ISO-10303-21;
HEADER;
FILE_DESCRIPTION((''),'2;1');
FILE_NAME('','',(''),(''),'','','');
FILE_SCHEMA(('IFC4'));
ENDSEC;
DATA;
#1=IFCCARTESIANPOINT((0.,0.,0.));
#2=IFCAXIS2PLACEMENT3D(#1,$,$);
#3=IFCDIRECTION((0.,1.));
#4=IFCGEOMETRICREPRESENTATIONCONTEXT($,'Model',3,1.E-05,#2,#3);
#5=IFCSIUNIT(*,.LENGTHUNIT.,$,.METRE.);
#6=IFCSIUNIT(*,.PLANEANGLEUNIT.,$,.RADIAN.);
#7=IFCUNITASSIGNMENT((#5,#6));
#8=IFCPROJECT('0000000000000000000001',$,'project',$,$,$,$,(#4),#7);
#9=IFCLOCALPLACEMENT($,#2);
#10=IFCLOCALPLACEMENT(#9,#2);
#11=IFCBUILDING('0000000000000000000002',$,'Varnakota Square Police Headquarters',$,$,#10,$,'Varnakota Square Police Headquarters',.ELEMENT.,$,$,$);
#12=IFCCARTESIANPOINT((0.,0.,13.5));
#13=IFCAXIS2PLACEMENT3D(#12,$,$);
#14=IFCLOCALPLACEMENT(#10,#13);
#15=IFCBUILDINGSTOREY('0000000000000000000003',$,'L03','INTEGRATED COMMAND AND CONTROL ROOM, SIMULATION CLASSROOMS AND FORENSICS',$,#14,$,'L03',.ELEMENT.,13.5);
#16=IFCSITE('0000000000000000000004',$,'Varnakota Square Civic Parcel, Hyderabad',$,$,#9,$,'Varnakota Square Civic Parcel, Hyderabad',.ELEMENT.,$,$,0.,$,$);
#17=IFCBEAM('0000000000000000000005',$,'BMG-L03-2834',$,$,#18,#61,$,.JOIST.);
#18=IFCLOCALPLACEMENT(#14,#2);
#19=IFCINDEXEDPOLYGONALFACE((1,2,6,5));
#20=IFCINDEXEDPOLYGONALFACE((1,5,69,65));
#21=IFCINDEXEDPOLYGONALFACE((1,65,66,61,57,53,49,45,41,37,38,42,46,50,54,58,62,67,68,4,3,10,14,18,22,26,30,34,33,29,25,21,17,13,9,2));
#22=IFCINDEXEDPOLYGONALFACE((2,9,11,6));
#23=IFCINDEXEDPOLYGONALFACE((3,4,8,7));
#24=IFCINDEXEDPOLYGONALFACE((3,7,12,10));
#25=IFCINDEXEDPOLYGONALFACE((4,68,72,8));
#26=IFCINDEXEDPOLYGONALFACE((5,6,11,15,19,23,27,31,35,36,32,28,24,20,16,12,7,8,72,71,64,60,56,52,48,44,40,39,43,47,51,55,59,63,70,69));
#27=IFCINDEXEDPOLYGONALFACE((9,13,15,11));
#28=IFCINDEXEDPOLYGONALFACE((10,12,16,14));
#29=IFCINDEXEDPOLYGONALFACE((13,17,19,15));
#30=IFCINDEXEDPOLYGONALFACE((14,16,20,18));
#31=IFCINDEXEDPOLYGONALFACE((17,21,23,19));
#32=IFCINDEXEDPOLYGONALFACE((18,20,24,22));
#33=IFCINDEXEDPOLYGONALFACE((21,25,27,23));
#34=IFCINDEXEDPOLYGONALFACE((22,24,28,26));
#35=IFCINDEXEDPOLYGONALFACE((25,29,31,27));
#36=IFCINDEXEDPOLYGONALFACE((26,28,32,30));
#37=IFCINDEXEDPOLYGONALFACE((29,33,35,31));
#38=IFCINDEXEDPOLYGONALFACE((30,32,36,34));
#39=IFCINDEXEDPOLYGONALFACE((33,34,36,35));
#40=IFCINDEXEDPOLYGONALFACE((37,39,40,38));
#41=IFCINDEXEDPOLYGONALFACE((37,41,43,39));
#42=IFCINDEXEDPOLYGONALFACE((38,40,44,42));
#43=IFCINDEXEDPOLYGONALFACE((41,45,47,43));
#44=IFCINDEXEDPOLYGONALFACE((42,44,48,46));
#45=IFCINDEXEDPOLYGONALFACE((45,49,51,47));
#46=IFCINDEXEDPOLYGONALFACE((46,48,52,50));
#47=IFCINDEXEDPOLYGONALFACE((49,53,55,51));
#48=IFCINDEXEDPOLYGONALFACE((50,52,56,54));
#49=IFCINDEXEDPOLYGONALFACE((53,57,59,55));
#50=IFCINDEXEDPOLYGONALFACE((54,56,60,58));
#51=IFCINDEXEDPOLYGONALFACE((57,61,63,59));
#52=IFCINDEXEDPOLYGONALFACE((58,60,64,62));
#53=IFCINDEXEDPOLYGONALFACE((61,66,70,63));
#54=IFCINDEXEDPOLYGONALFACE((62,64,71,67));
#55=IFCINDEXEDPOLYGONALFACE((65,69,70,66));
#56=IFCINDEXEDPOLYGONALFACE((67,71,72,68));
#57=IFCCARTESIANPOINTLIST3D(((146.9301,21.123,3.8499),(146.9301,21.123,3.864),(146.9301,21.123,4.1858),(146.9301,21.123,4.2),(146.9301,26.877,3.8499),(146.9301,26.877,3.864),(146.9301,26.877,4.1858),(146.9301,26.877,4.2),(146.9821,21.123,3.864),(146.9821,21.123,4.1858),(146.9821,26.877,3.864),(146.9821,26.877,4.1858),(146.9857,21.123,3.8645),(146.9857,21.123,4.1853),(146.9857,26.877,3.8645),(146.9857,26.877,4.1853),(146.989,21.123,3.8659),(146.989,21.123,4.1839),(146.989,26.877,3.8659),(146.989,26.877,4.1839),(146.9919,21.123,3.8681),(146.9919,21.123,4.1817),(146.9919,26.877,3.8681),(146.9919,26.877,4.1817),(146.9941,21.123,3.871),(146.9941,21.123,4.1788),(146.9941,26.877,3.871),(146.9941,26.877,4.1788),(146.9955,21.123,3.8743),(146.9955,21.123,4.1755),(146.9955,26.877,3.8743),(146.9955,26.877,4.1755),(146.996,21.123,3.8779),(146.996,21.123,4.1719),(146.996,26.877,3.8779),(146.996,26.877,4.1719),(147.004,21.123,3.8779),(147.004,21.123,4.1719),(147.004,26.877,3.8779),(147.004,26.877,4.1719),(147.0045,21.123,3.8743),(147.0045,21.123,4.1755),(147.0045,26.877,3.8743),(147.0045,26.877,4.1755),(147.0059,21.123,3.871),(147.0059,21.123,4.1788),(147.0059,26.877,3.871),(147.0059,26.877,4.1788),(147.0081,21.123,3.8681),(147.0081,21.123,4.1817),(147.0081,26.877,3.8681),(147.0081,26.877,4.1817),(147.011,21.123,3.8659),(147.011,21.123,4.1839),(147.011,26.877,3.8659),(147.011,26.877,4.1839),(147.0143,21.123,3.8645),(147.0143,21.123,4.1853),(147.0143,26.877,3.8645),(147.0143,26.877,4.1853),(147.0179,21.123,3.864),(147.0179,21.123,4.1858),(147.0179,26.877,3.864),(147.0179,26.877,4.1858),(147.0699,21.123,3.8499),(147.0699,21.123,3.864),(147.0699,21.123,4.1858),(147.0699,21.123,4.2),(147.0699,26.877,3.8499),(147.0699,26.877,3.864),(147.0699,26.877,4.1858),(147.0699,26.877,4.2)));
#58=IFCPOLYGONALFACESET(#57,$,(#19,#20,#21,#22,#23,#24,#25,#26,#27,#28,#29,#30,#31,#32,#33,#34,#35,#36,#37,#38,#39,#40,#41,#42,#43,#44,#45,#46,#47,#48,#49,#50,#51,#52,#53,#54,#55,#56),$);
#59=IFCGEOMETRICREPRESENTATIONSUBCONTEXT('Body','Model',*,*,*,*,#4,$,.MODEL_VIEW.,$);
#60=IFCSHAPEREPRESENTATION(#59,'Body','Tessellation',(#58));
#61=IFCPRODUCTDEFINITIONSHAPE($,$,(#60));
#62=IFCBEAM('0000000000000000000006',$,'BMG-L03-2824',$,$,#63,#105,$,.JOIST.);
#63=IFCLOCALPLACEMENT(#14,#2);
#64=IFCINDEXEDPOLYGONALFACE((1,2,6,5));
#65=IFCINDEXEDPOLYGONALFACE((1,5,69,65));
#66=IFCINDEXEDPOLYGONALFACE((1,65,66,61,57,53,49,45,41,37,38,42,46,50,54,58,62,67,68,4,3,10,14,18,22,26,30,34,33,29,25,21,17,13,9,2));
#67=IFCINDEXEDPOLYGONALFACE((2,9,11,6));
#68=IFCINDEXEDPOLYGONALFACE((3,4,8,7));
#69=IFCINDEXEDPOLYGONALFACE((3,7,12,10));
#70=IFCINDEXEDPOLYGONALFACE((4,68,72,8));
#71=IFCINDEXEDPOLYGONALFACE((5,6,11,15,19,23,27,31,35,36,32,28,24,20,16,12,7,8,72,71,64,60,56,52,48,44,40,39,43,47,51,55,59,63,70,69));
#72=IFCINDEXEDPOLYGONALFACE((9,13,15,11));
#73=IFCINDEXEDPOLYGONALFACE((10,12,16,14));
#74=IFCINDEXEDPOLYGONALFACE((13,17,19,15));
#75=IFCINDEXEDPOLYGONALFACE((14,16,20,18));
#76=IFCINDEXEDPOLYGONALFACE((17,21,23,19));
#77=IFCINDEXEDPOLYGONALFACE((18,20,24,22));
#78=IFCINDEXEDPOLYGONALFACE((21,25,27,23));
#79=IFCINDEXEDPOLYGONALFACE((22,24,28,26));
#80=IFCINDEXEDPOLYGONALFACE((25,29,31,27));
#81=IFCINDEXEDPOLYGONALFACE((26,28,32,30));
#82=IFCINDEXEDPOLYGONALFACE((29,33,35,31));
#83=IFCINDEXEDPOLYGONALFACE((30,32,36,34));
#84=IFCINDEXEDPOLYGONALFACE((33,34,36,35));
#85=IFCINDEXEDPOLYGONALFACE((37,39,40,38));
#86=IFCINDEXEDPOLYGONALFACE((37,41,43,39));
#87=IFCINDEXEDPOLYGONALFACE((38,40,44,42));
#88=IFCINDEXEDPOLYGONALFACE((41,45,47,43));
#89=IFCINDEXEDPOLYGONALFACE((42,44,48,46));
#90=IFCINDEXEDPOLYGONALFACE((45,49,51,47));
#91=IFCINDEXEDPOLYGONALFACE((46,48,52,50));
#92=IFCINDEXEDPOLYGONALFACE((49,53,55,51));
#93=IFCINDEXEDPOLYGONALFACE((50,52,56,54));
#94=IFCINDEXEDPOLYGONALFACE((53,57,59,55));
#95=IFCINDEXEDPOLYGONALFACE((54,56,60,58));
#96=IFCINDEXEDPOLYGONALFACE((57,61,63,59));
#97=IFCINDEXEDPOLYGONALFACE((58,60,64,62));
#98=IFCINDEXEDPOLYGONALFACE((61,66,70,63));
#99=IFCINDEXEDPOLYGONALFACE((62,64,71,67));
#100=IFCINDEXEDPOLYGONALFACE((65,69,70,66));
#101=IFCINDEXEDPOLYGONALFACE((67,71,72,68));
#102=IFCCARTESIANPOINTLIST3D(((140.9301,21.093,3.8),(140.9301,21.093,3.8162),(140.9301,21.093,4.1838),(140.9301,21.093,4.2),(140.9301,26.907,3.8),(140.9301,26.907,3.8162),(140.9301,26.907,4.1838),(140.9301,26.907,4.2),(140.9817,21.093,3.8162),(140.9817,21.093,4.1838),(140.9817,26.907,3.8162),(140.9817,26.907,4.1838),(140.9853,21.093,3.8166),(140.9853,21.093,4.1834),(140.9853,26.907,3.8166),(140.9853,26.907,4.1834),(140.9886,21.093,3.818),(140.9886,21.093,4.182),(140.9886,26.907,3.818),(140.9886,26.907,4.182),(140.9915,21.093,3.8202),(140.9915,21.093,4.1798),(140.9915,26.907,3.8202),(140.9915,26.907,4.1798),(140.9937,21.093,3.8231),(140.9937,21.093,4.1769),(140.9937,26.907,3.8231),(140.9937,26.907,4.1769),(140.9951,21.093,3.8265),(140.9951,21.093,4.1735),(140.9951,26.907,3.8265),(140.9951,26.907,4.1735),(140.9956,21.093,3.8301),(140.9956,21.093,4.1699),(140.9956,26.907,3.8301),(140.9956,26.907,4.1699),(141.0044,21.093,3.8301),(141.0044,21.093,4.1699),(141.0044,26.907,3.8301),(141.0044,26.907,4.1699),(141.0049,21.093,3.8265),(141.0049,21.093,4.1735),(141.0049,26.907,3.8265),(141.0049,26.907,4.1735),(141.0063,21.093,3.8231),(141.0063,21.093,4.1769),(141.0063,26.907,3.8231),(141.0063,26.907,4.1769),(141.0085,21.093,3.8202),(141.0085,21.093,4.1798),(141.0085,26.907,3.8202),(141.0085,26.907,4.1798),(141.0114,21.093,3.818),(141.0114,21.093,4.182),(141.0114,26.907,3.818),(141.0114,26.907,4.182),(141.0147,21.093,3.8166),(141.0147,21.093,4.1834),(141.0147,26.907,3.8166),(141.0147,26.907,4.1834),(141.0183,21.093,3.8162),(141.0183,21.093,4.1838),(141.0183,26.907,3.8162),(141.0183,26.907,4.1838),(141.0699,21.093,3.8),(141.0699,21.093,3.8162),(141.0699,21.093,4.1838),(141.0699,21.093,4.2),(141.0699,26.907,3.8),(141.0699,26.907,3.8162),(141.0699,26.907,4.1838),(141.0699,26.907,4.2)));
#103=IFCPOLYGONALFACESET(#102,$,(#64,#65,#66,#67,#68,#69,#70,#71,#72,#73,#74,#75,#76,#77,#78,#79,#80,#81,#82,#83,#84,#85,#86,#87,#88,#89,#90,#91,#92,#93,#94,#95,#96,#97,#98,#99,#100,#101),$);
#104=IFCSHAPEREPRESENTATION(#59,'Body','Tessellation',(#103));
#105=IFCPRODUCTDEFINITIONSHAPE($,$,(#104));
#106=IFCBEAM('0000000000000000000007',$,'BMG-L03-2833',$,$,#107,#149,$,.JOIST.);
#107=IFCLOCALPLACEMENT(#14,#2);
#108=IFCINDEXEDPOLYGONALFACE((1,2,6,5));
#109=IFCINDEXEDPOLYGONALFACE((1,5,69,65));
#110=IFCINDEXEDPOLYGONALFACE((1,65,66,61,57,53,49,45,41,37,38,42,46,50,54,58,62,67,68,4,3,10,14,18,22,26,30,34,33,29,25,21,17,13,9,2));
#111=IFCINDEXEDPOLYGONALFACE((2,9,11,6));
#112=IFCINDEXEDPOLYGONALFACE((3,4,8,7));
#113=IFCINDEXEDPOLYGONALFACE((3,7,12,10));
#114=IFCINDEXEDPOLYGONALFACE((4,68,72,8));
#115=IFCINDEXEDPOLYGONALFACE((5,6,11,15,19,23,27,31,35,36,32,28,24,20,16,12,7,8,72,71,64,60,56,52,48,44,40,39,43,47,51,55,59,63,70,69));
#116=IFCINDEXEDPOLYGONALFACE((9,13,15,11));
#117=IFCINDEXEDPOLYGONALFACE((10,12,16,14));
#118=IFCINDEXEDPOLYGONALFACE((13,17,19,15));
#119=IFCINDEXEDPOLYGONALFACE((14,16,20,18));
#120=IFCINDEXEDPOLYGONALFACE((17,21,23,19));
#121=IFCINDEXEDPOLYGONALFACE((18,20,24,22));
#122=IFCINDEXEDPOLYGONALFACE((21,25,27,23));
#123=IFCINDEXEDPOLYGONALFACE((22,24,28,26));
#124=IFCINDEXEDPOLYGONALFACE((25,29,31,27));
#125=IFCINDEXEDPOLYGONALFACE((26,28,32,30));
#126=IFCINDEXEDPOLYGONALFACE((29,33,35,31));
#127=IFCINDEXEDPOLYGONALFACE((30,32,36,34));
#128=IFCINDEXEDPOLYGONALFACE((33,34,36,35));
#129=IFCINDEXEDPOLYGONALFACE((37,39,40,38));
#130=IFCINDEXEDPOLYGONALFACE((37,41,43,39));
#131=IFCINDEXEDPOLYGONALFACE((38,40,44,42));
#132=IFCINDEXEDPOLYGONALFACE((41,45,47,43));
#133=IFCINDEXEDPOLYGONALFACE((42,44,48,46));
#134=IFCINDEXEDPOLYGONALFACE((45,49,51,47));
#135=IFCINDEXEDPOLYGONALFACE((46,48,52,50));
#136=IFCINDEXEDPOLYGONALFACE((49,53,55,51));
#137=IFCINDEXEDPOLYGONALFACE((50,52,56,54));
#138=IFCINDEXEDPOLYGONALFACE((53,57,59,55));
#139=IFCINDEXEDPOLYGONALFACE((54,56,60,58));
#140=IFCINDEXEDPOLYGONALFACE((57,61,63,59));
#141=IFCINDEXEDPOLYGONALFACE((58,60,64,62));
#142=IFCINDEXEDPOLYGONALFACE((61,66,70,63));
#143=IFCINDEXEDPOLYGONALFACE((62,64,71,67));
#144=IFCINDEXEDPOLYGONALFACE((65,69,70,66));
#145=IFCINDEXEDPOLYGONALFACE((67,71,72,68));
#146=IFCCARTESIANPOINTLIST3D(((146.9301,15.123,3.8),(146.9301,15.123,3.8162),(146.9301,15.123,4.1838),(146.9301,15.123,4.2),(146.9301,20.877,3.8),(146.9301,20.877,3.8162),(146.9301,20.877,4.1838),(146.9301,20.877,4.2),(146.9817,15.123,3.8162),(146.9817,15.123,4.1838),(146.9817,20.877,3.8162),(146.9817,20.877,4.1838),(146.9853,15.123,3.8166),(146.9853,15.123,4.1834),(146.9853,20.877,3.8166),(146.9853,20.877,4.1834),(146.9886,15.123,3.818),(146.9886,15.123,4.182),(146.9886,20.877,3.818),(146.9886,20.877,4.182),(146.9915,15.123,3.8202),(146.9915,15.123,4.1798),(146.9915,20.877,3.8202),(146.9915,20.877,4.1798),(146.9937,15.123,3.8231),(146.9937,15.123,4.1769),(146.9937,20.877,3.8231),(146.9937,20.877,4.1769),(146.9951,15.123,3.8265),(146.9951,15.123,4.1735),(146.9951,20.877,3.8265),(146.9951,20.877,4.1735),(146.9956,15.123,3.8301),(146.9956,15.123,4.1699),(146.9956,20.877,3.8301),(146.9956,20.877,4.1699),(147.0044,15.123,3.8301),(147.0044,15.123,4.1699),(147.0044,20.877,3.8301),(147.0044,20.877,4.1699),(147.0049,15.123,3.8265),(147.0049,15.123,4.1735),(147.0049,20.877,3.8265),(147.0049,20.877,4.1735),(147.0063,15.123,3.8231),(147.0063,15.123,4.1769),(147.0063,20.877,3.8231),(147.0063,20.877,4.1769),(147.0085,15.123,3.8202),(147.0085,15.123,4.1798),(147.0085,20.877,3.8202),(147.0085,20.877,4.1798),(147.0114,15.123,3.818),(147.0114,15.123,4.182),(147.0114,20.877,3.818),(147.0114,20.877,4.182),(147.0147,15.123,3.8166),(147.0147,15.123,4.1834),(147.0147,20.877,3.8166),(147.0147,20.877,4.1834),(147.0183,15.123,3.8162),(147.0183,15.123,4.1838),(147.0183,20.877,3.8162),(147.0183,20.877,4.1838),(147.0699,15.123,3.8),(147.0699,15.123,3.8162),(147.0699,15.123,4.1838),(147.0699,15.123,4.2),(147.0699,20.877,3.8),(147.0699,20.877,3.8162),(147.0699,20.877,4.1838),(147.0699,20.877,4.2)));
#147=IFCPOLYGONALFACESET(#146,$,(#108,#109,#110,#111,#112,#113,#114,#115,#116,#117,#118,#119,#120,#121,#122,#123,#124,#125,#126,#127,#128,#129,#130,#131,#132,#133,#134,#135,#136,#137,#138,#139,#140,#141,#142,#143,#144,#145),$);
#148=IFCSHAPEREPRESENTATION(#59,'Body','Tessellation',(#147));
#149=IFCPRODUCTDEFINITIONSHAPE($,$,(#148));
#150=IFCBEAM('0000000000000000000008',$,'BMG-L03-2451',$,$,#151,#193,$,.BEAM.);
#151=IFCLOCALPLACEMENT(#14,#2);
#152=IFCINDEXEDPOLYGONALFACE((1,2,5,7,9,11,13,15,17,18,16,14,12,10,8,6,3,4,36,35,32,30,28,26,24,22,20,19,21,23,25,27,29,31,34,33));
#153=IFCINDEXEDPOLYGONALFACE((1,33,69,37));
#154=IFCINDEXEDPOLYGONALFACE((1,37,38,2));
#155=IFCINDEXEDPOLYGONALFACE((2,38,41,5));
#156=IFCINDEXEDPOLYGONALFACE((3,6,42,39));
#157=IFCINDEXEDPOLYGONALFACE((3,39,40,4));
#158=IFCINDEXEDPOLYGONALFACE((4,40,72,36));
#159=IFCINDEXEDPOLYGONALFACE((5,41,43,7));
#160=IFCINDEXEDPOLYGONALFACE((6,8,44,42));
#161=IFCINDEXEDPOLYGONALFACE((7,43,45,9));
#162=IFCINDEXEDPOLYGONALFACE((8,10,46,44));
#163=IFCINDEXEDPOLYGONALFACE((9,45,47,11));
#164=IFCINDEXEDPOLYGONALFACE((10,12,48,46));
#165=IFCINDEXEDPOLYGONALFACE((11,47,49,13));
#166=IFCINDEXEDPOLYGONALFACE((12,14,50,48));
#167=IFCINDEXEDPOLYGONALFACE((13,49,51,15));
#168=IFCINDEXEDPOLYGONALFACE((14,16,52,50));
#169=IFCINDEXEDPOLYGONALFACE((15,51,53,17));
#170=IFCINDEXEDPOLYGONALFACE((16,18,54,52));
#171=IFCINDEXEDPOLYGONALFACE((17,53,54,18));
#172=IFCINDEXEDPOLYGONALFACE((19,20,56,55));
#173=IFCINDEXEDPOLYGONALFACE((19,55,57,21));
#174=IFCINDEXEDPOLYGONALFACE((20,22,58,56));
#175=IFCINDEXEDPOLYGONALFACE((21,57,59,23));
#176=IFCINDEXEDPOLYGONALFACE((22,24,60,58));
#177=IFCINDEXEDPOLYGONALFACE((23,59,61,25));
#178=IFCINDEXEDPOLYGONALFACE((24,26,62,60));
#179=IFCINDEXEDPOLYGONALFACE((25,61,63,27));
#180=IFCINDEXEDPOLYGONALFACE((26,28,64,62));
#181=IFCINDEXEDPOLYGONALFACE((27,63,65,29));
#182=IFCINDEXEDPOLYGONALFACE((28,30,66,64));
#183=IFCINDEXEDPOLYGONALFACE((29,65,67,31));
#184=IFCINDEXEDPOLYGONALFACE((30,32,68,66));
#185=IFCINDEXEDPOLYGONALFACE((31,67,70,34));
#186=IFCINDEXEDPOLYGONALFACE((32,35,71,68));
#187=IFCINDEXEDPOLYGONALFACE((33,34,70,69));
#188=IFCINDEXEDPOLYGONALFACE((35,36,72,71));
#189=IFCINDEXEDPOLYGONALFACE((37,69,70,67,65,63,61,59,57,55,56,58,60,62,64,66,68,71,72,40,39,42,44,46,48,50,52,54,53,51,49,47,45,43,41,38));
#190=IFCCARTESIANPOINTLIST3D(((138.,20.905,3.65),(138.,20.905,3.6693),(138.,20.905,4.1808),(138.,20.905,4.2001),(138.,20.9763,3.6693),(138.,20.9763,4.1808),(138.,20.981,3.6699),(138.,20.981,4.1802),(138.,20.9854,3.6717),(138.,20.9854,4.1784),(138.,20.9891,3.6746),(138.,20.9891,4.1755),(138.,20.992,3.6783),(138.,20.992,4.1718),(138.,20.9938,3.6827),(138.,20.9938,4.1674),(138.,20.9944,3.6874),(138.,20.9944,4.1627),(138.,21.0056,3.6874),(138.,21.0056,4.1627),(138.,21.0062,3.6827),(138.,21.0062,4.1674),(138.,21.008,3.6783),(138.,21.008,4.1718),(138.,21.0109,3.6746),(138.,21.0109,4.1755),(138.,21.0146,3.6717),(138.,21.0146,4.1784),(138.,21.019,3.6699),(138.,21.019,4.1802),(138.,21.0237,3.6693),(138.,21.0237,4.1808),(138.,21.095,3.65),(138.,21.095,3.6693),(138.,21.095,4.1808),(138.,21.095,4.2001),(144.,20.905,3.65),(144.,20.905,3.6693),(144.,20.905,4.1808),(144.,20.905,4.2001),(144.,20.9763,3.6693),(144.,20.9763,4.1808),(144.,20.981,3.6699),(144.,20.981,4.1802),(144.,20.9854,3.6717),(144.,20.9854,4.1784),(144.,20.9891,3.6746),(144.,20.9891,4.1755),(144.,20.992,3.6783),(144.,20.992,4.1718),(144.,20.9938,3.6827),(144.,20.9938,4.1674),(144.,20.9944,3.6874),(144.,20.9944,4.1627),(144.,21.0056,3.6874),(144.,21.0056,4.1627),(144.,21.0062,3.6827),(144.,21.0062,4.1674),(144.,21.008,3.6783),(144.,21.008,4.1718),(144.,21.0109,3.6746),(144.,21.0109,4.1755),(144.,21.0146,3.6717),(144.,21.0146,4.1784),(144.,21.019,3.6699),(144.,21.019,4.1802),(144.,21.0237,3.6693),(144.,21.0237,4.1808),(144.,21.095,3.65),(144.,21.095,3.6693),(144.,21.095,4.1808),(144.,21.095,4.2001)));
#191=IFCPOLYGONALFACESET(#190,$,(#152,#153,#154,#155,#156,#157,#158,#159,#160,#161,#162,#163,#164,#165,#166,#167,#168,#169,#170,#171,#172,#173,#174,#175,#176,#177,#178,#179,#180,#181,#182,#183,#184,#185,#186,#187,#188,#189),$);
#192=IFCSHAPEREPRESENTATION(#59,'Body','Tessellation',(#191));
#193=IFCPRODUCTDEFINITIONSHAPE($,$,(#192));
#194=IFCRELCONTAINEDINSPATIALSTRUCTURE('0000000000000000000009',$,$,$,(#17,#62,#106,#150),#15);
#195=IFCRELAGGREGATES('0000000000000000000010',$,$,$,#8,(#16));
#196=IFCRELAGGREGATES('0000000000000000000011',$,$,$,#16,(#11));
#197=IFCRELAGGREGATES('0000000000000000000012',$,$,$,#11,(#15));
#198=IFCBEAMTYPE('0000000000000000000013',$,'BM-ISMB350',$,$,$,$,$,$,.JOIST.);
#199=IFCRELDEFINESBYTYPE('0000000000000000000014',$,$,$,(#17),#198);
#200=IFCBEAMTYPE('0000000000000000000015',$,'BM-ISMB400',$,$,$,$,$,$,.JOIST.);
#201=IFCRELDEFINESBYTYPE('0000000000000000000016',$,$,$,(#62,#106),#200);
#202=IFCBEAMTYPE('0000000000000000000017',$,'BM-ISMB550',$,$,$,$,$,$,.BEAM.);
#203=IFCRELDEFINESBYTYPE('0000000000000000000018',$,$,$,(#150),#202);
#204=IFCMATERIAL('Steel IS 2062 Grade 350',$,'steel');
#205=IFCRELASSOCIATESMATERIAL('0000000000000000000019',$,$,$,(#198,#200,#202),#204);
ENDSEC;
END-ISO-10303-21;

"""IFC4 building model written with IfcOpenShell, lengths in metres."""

from ifc_helpers import new_model, si_unit, direction, frame, origin, origin_2d, place, context, subcontext, project, spatial, i_section, extrude, material, material_profile, profile_set, type_object, element, save


model = new_model("IFC4")

# Units and contexts
model_context = context("Model", 3, precision=1e-05, world=origin(), true_north=direction((0.0, 1.0)))
body_context = subcontext(model_context, "Body", "Model", "MODEL_VIEW")
ifc_project = project(units=[si_unit("LENGTHUNIT", "METRE"), si_unit("PLANEANGLEUNIT", "RADIAN")], contexts=[model_context])

# Site, building, storey
site_placement = place(None, origin())
site = spatial("IfcSite", under=ifc_project, at=site_placement, Name="Varnakota Square Civic Parcel, Hyderabad", LongName="Varnakota Square Civic Parcel, Hyderabad", CompositionType="ELEMENT", RefElevation=0.0)
building_placement = place(site_placement, origin())
building = spatial("IfcBuilding", under=site, at=building_placement, Name="Varnakota Square Police Headquarters", LongName="Varnakota Square Police Headquarters", CompositionType="ELEMENT")
storey_placement = place(building_placement, frame((0.0, 0.0, 13.5)))
storey = spatial("IfcBuildingStorey", under=building, at=storey_placement, Name="L03", Description="INTEGRATED COMMAND AND CONTROL ROOM, SIMULATION CLASSROOMS AND FORENSICS", LongName="L03", CompositionType="ELEMENT", Elevation=13.5)

# Shared definitions
ifc_material_1 = material(Name="Steel IS 2062 Grade 350", Category="steel")

# Beams
ifc_material_profile_1 = material_profile(ifc_material_1, i_section(OverallWidth=0.1399, OverallDepth=0.3501, WebThickness=0.0081, FlangeThickness=0.0142, FilletRadius=0.0139, at=origin_2d()), Name="ISMB 350")
ifc_profile_set_1 = profile_set([ifc_material_profile_1], Name="Steel IS 2062 Grade 350")
beam_type_1 = type_object("IfcBeamType", Name="BM-ISMB350", PredefinedType="JOIST", material=ifc_profile_set_1)
beam_1_placement = place(storey_placement, frame((147.0, 21.123, 4.0249), z_axis=(0.0, 1.0, 0.0), x_axis=(-1.0, 0.0, 0.0)))
element("IfcBeam", 1, at=beam_1_placement, inside=storey, type_object=beam_type_1, Name="BMG-L03-2834", PredefinedType="JOIST", context=body_context, shape_type="SweptSolid", body=[
    extrude(i_section(OverallWidth=0.1399, OverallDepth=0.3501, WebThickness=0.0081, FlangeThickness=0.0142, FilletRadius=0.0139, at=origin_2d()), origin(), (0.0, 0.0, 1.0), 5.7539),
])
ifc_material_profile_2 = material_profile(ifc_material_1, i_section(OverallWidth=0.1399, OverallDepth=0.3999, WebThickness=0.0088, FlangeThickness=0.0161, FilletRadius=0.0139, at=origin_2d()), Name="ISMB 400")
ifc_profile_set_2 = profile_set([ifc_material_profile_2], Name="Steel IS 2062 Grade 350")
beam_type_2 = type_object("IfcBeamType", Name="BM-ISMB400", PredefinedType="JOIST", material=ifc_profile_set_2)
beam_2_placement = place(storey_placement, frame((141.0, 21.093, 4.0), z_axis=(0.0, 1.0, 0.0), x_axis=(-1.0, 0.0, 0.0)))
element("IfcBeam", 2, at=beam_2_placement, inside=storey, type_object=beam_type_2, Name="BMG-L03-2824", PredefinedType="JOIST", context=body_context, shape_type="SweptSolid", body=[
    extrude(i_section(OverallWidth=0.1399, OverallDepth=0.3999, WebThickness=0.0088, FlangeThickness=0.0161, FilletRadius=0.0139, at=origin_2d()), origin(), (0.0, 0.0, 1.0), 5.814),
])
beam_3_placement = place(storey_placement, frame((147.0, 15.123, 4.0), z_axis=(0.0, 1.0, 0.0), x_axis=(-1.0, 0.0, 0.0)))
element("IfcBeam", 3, at=beam_3_placement, inside=storey, type_object=beam_type_2, Name="BMG-L03-2833", PredefinedType="JOIST", context=body_context, shape_type="SweptSolid", body=[
    extrude(i_section(OverallWidth=0.1399, OverallDepth=0.3999, WebThickness=0.0088, FlangeThickness=0.0161, FilletRadius=0.0139, at=origin_2d()), origin(), (0.0, 0.0, 1.0), 5.7539),
])
ifc_material_profile_3 = material_profile(ifc_material_1, i_section(OverallWidth=0.1899, OverallDepth=0.55, WebThickness=0.0112, FlangeThickness=0.0193, FilletRadius=0.0181, at=origin_2d()), Name="ISMB 550")
ifc_profile_set_3 = profile_set([ifc_material_profile_3], Name="Steel IS 2062 Grade 350")
beam_type_3 = type_object("IfcBeamType", Name="BM-ISMB550", PredefinedType="BEAM", material=ifc_profile_set_3)
beam_4_placement = place(storey_placement, frame((138.0, 21.0, 3.925), z_axis=(1.0, 0.0, 0.0), x_axis=(0.0, 1.0, 0.0)))
element("IfcBeam", 4, at=beam_4_placement, inside=storey, type_object=beam_type_3, Name="BMG-L03-2451", PredefinedType="BEAM", context=body_context, shape_type="SweptSolid", body=[
    extrude(i_section(OverallWidth=0.1899, OverallDepth=0.55, WebThickness=0.0112, FlangeThickness=0.0193, FilletRadius=0.0181, at=origin_2d()), origin(), (0.0, 0.0, 1.0), 6.0),
])

save(model, "model.ifc")
